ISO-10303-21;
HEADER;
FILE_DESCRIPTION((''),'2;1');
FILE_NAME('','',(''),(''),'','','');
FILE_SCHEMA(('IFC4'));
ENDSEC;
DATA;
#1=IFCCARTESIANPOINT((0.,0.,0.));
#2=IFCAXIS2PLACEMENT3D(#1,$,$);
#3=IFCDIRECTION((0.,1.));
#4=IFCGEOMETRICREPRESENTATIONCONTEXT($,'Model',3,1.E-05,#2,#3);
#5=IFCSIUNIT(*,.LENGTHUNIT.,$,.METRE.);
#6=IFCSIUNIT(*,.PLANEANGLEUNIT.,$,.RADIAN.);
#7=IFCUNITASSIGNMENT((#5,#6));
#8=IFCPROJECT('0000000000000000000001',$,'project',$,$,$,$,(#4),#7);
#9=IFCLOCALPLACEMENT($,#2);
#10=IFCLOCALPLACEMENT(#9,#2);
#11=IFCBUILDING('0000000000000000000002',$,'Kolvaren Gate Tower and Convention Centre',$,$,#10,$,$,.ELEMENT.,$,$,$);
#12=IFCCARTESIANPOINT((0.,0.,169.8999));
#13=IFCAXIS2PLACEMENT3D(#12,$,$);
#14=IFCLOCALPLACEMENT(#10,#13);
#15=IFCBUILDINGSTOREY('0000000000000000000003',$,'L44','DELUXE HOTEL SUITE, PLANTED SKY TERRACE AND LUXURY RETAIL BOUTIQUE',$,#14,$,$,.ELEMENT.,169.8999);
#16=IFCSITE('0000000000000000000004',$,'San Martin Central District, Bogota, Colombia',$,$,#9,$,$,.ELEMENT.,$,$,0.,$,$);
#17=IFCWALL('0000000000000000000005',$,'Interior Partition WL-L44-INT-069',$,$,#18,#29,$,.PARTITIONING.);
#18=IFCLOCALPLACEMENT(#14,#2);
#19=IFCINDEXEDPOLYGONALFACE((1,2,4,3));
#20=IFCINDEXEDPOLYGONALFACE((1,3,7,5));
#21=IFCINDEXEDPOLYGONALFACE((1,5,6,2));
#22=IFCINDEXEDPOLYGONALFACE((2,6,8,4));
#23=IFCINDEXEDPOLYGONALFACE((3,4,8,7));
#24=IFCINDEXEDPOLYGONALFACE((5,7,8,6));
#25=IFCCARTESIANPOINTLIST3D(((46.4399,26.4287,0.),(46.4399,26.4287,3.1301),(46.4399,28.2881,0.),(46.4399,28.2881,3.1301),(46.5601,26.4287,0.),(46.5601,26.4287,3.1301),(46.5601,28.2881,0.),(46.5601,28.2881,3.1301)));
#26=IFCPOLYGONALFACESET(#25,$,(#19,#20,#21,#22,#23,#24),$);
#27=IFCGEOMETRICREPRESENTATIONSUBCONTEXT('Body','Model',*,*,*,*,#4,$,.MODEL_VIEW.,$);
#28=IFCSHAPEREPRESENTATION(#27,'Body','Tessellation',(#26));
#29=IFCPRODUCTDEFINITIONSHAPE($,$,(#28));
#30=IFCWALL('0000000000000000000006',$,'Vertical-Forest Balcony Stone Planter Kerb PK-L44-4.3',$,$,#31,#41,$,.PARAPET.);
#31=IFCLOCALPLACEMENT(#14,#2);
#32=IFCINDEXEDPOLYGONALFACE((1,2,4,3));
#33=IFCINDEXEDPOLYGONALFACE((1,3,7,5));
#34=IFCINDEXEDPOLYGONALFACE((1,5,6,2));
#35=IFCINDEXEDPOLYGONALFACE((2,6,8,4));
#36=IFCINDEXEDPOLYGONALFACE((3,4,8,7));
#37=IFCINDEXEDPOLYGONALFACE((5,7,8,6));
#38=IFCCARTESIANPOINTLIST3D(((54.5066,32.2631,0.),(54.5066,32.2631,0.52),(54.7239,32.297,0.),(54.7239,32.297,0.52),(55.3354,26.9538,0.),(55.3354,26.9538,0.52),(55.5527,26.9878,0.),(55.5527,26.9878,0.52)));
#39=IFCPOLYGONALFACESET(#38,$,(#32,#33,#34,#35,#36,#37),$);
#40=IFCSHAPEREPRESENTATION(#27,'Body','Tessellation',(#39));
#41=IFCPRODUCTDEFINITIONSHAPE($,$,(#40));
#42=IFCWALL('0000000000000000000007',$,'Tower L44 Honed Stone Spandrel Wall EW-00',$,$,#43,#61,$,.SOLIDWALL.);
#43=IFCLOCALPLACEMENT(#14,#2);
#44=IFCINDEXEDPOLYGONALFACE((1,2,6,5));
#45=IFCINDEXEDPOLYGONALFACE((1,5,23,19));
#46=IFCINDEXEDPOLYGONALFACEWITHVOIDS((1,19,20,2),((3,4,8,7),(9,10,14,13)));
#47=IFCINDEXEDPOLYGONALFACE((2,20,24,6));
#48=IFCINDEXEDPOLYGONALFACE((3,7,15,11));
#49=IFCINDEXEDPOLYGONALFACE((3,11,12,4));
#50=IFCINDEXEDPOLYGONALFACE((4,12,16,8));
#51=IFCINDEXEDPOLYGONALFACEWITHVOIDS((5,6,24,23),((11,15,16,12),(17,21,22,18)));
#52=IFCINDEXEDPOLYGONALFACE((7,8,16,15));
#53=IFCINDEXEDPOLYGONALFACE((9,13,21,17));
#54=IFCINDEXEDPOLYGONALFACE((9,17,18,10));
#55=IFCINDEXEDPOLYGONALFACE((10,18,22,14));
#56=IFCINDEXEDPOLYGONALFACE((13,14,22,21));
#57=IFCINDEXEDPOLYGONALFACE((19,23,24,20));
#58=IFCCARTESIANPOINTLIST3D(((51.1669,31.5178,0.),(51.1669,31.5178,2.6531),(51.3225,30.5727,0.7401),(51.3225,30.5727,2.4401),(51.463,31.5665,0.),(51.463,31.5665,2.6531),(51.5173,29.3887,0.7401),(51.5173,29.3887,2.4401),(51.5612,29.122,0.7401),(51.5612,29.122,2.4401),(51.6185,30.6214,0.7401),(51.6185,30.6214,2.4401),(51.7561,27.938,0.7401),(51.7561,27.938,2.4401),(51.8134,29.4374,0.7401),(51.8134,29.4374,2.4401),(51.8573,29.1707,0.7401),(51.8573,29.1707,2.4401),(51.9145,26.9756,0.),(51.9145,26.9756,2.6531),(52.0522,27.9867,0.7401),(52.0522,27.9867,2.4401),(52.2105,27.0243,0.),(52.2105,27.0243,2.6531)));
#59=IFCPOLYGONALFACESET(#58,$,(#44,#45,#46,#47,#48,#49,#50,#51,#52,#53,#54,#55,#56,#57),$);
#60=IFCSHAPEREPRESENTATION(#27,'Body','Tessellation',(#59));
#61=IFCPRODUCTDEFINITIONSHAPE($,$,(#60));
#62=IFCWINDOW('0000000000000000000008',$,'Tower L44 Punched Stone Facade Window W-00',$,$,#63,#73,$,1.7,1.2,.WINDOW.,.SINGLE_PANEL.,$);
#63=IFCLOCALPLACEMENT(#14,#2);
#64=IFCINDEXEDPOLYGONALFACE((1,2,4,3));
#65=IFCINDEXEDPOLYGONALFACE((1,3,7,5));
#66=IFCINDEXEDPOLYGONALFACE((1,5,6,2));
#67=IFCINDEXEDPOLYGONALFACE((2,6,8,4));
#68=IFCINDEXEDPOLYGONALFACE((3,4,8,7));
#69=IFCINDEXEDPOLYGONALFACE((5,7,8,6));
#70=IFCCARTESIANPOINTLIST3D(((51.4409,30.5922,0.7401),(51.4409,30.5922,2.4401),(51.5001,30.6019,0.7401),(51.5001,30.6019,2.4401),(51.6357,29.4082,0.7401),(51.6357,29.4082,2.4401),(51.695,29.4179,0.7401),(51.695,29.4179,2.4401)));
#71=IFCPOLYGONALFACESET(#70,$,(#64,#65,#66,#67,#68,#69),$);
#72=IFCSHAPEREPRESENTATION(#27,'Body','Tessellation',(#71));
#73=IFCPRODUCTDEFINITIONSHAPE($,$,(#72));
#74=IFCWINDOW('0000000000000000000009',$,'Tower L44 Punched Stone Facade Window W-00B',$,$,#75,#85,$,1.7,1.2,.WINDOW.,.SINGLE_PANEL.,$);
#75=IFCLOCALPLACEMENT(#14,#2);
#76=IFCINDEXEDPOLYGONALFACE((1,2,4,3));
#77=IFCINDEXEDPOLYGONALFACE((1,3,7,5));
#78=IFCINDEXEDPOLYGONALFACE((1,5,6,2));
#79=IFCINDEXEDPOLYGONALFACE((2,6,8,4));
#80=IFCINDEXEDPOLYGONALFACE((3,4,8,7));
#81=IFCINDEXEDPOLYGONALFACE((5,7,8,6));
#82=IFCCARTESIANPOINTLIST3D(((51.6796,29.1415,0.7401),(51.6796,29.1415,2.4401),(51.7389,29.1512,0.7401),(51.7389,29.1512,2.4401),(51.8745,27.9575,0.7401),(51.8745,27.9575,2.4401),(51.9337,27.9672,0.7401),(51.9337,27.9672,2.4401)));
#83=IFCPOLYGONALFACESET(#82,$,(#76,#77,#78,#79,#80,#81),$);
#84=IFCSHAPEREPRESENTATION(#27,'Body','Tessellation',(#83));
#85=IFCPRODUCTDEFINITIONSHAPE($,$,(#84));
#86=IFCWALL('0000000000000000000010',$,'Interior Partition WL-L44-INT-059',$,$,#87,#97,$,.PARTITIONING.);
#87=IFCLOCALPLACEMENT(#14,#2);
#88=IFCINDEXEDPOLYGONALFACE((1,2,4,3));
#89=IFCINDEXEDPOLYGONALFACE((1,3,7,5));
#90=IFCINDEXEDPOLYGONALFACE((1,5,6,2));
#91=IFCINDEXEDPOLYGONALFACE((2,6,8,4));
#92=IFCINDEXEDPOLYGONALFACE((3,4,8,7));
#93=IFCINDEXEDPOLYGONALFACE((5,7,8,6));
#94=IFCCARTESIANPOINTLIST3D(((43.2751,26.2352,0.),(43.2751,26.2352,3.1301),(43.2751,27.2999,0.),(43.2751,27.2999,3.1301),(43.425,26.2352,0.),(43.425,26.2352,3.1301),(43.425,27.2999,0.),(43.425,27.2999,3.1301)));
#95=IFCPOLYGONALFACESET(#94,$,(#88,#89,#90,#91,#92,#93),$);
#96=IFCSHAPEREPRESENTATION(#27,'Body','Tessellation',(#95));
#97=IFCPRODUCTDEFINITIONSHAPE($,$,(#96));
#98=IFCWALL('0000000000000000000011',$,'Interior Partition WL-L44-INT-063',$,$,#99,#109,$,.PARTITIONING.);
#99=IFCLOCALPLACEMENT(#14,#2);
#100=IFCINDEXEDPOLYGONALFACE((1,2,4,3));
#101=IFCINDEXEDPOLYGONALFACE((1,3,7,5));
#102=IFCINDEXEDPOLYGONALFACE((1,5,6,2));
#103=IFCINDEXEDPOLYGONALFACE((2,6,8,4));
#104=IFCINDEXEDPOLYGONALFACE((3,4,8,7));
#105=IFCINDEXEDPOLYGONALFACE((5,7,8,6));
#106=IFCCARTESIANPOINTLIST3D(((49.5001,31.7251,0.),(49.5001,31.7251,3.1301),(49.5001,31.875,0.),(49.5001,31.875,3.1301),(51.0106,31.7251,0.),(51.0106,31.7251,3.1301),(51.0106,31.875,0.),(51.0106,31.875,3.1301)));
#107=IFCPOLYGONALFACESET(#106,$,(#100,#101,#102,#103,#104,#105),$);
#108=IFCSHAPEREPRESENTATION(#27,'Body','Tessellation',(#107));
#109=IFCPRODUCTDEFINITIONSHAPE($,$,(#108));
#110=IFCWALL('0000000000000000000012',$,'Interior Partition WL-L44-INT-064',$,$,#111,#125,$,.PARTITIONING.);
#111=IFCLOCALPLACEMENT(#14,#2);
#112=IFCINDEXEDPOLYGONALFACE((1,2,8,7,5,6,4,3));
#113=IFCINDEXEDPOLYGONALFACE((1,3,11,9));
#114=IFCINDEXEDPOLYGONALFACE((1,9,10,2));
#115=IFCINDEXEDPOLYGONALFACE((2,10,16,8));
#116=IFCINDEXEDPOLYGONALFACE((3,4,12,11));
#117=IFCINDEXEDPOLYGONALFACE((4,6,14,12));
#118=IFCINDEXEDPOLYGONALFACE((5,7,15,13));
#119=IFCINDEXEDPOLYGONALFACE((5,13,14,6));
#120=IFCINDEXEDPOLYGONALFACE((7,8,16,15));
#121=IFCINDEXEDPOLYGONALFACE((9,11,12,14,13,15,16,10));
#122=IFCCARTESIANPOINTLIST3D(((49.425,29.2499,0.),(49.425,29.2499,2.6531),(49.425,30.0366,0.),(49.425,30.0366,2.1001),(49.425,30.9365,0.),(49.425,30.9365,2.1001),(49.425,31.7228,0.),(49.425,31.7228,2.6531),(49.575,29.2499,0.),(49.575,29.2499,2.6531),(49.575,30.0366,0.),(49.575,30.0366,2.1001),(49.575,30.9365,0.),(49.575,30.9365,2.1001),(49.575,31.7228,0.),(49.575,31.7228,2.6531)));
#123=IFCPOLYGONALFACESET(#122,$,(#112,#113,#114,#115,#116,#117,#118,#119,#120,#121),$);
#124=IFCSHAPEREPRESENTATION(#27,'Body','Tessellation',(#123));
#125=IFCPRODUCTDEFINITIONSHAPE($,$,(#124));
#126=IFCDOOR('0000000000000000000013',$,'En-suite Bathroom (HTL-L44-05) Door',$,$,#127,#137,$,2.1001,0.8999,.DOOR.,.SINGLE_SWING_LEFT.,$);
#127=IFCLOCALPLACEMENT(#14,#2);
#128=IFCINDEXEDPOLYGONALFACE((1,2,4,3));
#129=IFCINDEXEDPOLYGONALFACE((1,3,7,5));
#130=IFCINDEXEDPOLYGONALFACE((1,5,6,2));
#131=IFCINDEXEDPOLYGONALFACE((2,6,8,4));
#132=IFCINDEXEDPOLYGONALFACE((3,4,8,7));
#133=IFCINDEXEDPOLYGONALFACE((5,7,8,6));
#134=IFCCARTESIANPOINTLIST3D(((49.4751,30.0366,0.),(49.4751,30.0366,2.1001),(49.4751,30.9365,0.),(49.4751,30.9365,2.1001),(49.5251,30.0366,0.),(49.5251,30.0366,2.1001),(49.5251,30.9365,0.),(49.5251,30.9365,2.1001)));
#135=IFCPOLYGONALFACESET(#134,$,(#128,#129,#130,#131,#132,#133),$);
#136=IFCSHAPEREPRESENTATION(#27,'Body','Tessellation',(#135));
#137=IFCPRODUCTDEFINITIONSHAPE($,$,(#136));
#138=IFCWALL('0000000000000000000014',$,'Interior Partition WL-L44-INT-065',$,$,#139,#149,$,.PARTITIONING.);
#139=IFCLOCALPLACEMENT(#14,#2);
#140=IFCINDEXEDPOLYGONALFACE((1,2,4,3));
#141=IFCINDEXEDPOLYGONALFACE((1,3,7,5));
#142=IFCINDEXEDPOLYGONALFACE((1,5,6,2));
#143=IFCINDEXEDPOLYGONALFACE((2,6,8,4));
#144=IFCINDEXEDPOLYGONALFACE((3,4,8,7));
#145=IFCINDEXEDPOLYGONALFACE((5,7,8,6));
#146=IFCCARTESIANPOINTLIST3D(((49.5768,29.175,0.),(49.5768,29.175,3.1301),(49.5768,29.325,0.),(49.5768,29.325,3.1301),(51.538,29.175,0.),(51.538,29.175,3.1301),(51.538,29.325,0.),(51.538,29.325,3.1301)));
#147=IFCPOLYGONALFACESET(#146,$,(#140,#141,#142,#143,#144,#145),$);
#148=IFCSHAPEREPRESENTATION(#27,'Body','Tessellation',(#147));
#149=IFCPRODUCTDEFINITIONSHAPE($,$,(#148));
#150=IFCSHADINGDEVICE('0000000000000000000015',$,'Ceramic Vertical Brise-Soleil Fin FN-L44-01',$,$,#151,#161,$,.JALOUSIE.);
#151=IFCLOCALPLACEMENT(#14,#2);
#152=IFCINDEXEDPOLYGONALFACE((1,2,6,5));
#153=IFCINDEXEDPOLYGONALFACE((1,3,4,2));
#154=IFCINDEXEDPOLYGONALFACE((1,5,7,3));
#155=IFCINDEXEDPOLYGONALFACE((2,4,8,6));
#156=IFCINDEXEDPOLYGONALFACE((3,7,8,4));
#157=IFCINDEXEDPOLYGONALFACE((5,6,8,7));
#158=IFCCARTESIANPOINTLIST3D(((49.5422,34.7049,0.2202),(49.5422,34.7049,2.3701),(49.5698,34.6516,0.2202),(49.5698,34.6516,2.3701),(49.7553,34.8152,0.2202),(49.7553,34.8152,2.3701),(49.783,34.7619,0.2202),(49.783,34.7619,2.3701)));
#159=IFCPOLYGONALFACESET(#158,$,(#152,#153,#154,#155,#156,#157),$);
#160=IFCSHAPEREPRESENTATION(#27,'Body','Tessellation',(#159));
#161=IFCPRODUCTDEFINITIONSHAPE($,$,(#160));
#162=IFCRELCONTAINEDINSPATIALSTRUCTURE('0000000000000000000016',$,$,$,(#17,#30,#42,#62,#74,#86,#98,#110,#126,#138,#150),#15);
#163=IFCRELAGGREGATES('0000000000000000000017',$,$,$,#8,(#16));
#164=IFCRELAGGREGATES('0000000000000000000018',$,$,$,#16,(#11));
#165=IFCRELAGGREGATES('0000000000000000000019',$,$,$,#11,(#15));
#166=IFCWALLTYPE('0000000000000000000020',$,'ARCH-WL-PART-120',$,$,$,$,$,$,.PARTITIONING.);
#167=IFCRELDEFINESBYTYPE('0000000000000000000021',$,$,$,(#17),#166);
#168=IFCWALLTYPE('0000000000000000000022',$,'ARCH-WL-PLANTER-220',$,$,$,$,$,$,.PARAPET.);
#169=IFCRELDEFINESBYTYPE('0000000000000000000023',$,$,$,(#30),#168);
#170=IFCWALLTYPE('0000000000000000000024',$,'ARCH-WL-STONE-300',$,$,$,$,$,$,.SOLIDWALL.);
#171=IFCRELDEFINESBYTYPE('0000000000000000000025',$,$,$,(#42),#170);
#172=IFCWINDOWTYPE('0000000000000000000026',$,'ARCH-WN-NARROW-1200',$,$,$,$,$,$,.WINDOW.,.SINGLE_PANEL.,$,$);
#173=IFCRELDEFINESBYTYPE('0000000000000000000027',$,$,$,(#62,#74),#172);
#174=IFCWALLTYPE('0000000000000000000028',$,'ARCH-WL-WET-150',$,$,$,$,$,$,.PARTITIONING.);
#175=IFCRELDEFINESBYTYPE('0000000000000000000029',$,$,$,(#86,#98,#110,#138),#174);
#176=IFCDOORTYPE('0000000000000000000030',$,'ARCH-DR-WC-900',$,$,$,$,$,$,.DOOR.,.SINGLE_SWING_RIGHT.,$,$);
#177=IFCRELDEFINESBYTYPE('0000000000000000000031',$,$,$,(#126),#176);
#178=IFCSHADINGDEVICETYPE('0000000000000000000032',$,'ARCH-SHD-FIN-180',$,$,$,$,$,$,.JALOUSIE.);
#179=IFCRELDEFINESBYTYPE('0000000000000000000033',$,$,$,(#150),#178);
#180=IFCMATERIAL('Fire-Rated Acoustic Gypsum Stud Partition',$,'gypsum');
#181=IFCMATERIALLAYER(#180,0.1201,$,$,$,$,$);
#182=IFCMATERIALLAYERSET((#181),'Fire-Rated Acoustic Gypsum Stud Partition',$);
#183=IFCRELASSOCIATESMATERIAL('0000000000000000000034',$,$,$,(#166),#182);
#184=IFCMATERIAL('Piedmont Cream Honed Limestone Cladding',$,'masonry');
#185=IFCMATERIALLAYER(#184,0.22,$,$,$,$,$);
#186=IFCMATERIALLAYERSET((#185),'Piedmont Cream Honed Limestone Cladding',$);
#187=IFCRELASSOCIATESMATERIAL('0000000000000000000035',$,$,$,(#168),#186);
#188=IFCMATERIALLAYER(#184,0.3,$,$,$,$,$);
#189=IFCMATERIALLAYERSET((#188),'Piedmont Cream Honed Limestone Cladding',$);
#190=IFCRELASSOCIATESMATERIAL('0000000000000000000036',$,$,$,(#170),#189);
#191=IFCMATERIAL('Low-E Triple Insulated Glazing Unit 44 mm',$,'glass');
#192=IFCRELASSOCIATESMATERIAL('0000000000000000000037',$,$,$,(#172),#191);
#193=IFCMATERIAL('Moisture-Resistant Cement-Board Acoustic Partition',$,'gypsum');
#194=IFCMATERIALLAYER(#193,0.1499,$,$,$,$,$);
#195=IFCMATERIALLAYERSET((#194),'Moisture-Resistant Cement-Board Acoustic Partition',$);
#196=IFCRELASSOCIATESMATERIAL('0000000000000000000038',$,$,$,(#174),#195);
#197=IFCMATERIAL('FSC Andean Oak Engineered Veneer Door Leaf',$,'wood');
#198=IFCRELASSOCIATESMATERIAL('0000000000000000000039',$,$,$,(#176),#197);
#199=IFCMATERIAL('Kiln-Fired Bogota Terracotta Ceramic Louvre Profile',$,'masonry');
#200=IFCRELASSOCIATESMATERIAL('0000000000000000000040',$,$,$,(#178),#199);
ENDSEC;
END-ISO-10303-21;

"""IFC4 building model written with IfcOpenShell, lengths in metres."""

from ifc_helpers import new_model, si_unit, direction, frame, frame_2d, origin, origin_2d, place, context, subcontext, project, spatial, rectangle, extrude, material, layer, layer_set, type_object, element, fill, save


model = new_model("IFC4")

# Units and contexts
model_context = context("Model", 3, precision=1e-05, world=origin(), true_north=direction((0.0, 1.0)))
body_context = subcontext(model_context, "Body", "Model", "MODEL_VIEW")
ifc_project = project(units=[si_unit("LENGTHUNIT", "METRE"), si_unit("PLANEANGLEUNIT", "RADIAN")], contexts=[model_context])

# Site, building, storey
site_placement = place(None, origin())
site = spatial("IfcSite", under=ifc_project, at=site_placement, Name="San Martin Central District, Bogota, Colombia", CompositionType="ELEMENT", RefElevation=0.0)
building_placement = place(site_placement, origin())
building = spatial("IfcBuilding", under=site, at=building_placement, Name="Kolvaren Gate Tower and Convention Centre", CompositionType="ELEMENT")
storey_placement = place(building_placement, frame((0.0, 0.0, 169.8999)))
storey = spatial("IfcBuildingStorey", under=building, at=storey_placement, Name="L44", Description="DELUXE HOTEL SUITE, PLANTED SKY TERRACE AND LUXURY RETAIL BOUTIQUE", CompositionType="ELEMENT", Elevation=169.8999)

# Shared definitions
ifc_material_1 = material(Name="Fire-Rated Acoustic Gypsum Stud Partition", Category="gypsum")
ifc_layer_1 = layer(ifc_material_1, 0.1201)
ifc_layer_set_1 = layer_set([ifc_layer_1], Name="Fire-Rated Acoustic Gypsum Stud Partition")
wall_type_1 = type_object("IfcWallType", Name="ARCH-WL-PART-120", PredefinedType="PARTITIONING", material=ifc_layer_set_1)

# Shared definitions
ifc_material_2 = material(Name="FSC Andean Oak Engineered Veneer Door Leaf", Category="wood")

# Walls
wall_1_placement = place(storey_placement, frame((46.5, 26.4287, 0.0), z_axis=(0.0, 0.0, 1.0), x_axis=(0.0, 1.0, 0.0)))
element("IfcWall", 1, at=wall_1_placement, inside=storey, type_object=wall_type_1, Name="Interior Partition WL-L44-INT-069", PredefinedType="PARTITIONING", context=body_context, shape_type="SweptSolid", body=[
    extrude(rectangle(XDim=1.8594, YDim=0.1201, at=frame_2d((0.9297, 0.0))), origin(), (0.0, 0.0, 1.0), 3.1301),
])
ifc_material_3 = material(Name="Piedmont Cream Honed Limestone Cladding", Category="masonry")
ifc_layer_2 = layer(ifc_material_3, 0.22)
ifc_layer_set_2 = layer_set([ifc_layer_2], Name="Piedmont Cream Honed Limestone Cladding")
wall_type_2 = type_object("IfcWallType", Name="ARCH-WL-PLANTER-220", PredefinedType="PARAPET", material=ifc_layer_set_2)
wall_2_placement = place(storey_placement, frame((54.6152, 32.28, 0.0), z_axis=(0.0, 0.0, 1.0), x_axis=(0.154245, -0.988033, 0.0)))
element("IfcWall", 2, at=wall_2_placement, inside=storey, type_object=wall_type_2, Name="Vertical-Forest Balcony Stone Planter Kerb PK-L44-4.3", PredefinedType="PARAPET", context=body_context, shape_type="SweptSolid", body=[
    extrude(rectangle(XDim=5.3735, YDim=0.22, at=frame_2d((2.6868, 0.0))), origin(), (0.0, 0.0, 1.0), 0.52),
])

# Wall, openings, windows
ifc_layer_3 = layer(ifc_material_3, 0.3)
ifc_layer_set_3 = layer_set([ifc_layer_3], Name="Piedmont Cream Honed Limestone Cladding")
wall_type_3 = type_object("IfcWallType", Name="ARCH-WL-STONE-300", PredefinedType="SOLIDWALL", material=ifc_layer_set_3)
wall_3_placement = place(storey_placement, frame((51.3149, 31.5422, 0.0), z_axis=(0.0, 0.0, 1.0), x_axis=(0.162395, -0.986726, 0.0)))
wall_3 = element("IfcWall", 3, at=wall_3_placement, inside=storey, type_object=wall_type_3, Name="Tower L44 Honed Stone Spandrel Wall EW-00", PredefinedType="SOLIDWALL", context=body_context, shape_type="SweptSolid", body=[
    extrude(rectangle(XDim=4.6033, YDim=0.3, at=frame_2d((2.3018, 0.0))), origin(), (0.0, 0.0, 1.0), 2.6531),
])
opening_1_placement = place(wall_3_placement, frame((0.9578, 0.0, 0.74)))
opening_1 = element("IfcOpeningElement", 4, at=opening_1_placement, cuts=wall_3, PredefinedType="OPENING", context=body_context, shape_type="SweptSolid", body=[
    extrude(rectangle(XDim=1.2, YDim=1.7, at=frame_2d((0.6001, 0.8501))), frame((0.0, 0.1599, 0.0), z_axis=(0.0, -1.0, 0.0), x_axis=(1.0, 0.0, 0.0)), (0.0, 0.0, 1.0), 0.3201),
])
opening_2_placement = place(wall_3_placement, frame((2.428, 0.0, 0.74)))
opening_2 = element("IfcOpeningElement", 5, at=opening_2_placement, cuts=wall_3, PredefinedType="OPENING", context=body_context, shape_type="SweptSolid", body=[
    extrude(rectangle(XDim=1.2, YDim=1.7, at=frame_2d((0.6001, 0.8501))), frame((0.0, 0.1599, 0.0), z_axis=(0.0, -1.0, 0.0), x_axis=(1.0, 0.0, 0.0)), (0.0, 0.0, 1.0), 0.3201),
])
ifc_material_4 = material(Name="Low-E Triple Insulated Glazing Unit 44 mm", Category="glass")
window_type = type_object("IfcWindowType", Name="ARCH-WN-NARROW-1200", PartitioningType="SINGLE_PANEL", PredefinedType="WINDOW", material=ifc_material_4)
window_1_placement = place(opening_1_placement, origin())
window_1 = element("IfcWindow", 6, at=window_1_placement, inside=storey, type_object=window_type, Name="Tower L44 Punched Stone Facade Window W-00", OverallHeight=1.7, OverallWidth=1.2, PartitioningType="SINGLE_PANEL", PredefinedType="WINDOW", context=body_context, shape_type="SweptSolid", body=[
    extrude(rectangle(XDim=1.2, YDim=1.7, at=frame_2d((0.6001, 0.8501))), frame((0.0, 0.03, 0.0), z_axis=(0.0, -1.0, 0.0), x_axis=(1.0, 0.0, 0.0)), (0.0, 0.0, 1.0), 0.0601),
])
fill(opening_1, window_1)
window_2_placement = place(opening_2_placement, origin())
window_2 = element("IfcWindow", 7, at=window_2_placement, inside=storey, type_object=window_type, Name="Tower L44 Punched Stone Facade Window W-00B", OverallHeight=1.7, OverallWidth=1.2, PartitioningType="SINGLE_PANEL", PredefinedType="WINDOW", context=body_context, shape_type="SweptSolid", body=[
    extrude(rectangle(XDim=1.2, YDim=1.7, at=frame_2d((0.6001, 0.8501))), frame((0.0, 0.03, 0.0), z_axis=(0.0, -1.0, 0.0), x_axis=(1.0, 0.0, 0.0)), (0.0, 0.0, 1.0), 0.0601),
])
fill(opening_2, window_2)

# Walls
ifc_material_5 = material(Name="Moisture-Resistant Cement-Board Acoustic Partition", Category="gypsum")
ifc_layer_4 = layer(ifc_material_5, 0.1499)
ifc_layer_set_4 = layer_set([ifc_layer_4], Name="Moisture-Resistant Cement-Board Acoustic Partition")
wall_type_4 = type_object("IfcWallType", Name="ARCH-WL-WET-150", PredefinedType="PARTITIONING", material=ifc_layer_set_4)
wall_4_placement = place(storey_placement, frame((43.3501, 26.2354, 0.0), z_axis=(0.0, 0.0, 1.0), x_axis=(0.0, 1.0, 0.0)))
element("IfcWall", 8, at=wall_4_placement, inside=storey, type_object=wall_type_4, Name="Interior Partition WL-L44-INT-059", PredefinedType="PARTITIONING", context=body_context, shape_type="SweptSolid", body=[
    extrude(rectangle(XDim=1.0647, YDim=0.1499, at=frame_2d((0.5322, 0.0))), origin(), (0.0, 0.0, 1.0), 3.1301),
])
wall_5_placement = place(storey_placement, frame((49.5, 31.8, 0.0), z_axis=(0.0, 0.0, 1.0), x_axis=(1.0, 0.0, 0.0)))
element("IfcWall", 9, at=wall_5_placement, inside=storey, type_object=wall_type_4, Name="Interior Partition WL-L44-INT-063", PredefinedType="PARTITIONING", context=body_context, shape_type="SweptSolid", body=[
    extrude(rectangle(XDim=1.5105, YDim=0.1499, at=frame_2d((0.7554, 0.0))), origin(), (0.0, 0.0, 1.0), 3.1301),
])

# Wall, opening, door
wall_6_placement = place(storey_placement, frame((49.5, 29.25, 0.0), z_axis=(0.0, 0.0, 1.0), x_axis=(0.0, 1.0, 0.0)))
wall_6 = element("IfcWall", 10, at=wall_6_placement, inside=storey, type_object=wall_type_4, Name="Interior Partition WL-L44-INT-064", PredefinedType="PARTITIONING", context=body_context, shape_type="SweptSolid", body=[
    extrude(rectangle(XDim=2.4729, YDim=0.1499, at=frame_2d((1.2363, 0.0))), origin(), (0.0, 0.0, 1.0), 2.6531),
])
opening_3_placement = place(wall_6_placement, frame((0.7866, 0.0, 0.0)))
opening_3 = element("IfcOpeningElement", 11, at=opening_3_placement, cuts=wall_6, PredefinedType="OPENING", context=body_context, shape_type="SweptSolid", body=[
    extrude(rectangle(XDim=0.8999, YDim=2.1001, at=frame_2d((0.45, 1.05))), frame((0.0, 0.085, 0.0), z_axis=(0.0, -1.0, 0.0), x_axis=(1.0, 0.0, 0.0)), (0.0, 0.0, 1.0), 0.1699),
])
door_type_1 = type_object("IfcDoorType", Name="ARCH-DR-WC-900", OperationType="SINGLE_SWING_RIGHT", PredefinedType="DOOR", material=ifc_material_2)
door_1_placement = place(opening_3_placement, origin())
door_1 = element("IfcDoor", 12, at=door_1_placement, inside=storey, type_object=door_type_1, Name="En-suite Bathroom (HTL-L44-05) Door", OperationType="SINGLE_SWING_LEFT", OverallHeight=2.1001, OverallWidth=0.8999, PredefinedType="DOOR", context=body_context, shape_type="SweptSolid", body=[
    extrude(rectangle(XDim=0.8999, YDim=2.1001, at=frame_2d((0.45, 1.05))), frame((0.0, 0.0249, 0.0), z_axis=(0.0, -1.0, 0.0), x_axis=(1.0, 0.0, 0.0)), (0.0, 0.0, 1.0), 0.05),
])
fill(opening_3, door_1)

# Wall
wall_7_placement = place(storey_placement, frame((49.5769, 29.25, 0.0), z_axis=(0.0, 0.0, 1.0), x_axis=(1.0, 0.0, 0.0)))
element("IfcWall", 13, at=wall_7_placement, inside=storey, type_object=wall_type_4, Name="Interior Partition WL-L44-INT-065", PredefinedType="PARTITIONING", context=body_context, shape_type="SweptSolid", body=[
    extrude(rectangle(XDim=1.9612, YDim=0.1499, at=frame_2d((0.9805, 0.0))), origin(), (0.0, 0.0, 1.0), 3.1301),
])

# Shading device
ifc_material_6 = material(Name="Kiln-Fired Bogota Terracotta Ceramic Louvre Profile", Category="masonry")
shading_device_type = type_object("IfcShadingDeviceType", Name="ARCH-SHD-FIN-180", PredefinedType="JALOUSIE", material=ifc_material_6)
shading_device_placement = place(storey_placement, frame((49.6626, 34.7334, 0.2202), z_axis=(0.0, 0.0, 1.0), x_axis=(0.459798, -0.888023, 0.0)))
element("IfcShadingDevice", 14, at=shading_device_placement, inside=storey, type_object=shading_device_type, Name="Ceramic Vertical Brise-Soleil Fin FN-L44-01", PredefinedType="JALOUSIE", context=body_context, shape_type="SweptSolid", body=[
    extrude(rectangle(XDim=0.0601, YDim=0.24, at=origin_2d()), origin(), (0.0, 0.0, 1.0), 2.1499),
])

save(model, "model.ifc")
